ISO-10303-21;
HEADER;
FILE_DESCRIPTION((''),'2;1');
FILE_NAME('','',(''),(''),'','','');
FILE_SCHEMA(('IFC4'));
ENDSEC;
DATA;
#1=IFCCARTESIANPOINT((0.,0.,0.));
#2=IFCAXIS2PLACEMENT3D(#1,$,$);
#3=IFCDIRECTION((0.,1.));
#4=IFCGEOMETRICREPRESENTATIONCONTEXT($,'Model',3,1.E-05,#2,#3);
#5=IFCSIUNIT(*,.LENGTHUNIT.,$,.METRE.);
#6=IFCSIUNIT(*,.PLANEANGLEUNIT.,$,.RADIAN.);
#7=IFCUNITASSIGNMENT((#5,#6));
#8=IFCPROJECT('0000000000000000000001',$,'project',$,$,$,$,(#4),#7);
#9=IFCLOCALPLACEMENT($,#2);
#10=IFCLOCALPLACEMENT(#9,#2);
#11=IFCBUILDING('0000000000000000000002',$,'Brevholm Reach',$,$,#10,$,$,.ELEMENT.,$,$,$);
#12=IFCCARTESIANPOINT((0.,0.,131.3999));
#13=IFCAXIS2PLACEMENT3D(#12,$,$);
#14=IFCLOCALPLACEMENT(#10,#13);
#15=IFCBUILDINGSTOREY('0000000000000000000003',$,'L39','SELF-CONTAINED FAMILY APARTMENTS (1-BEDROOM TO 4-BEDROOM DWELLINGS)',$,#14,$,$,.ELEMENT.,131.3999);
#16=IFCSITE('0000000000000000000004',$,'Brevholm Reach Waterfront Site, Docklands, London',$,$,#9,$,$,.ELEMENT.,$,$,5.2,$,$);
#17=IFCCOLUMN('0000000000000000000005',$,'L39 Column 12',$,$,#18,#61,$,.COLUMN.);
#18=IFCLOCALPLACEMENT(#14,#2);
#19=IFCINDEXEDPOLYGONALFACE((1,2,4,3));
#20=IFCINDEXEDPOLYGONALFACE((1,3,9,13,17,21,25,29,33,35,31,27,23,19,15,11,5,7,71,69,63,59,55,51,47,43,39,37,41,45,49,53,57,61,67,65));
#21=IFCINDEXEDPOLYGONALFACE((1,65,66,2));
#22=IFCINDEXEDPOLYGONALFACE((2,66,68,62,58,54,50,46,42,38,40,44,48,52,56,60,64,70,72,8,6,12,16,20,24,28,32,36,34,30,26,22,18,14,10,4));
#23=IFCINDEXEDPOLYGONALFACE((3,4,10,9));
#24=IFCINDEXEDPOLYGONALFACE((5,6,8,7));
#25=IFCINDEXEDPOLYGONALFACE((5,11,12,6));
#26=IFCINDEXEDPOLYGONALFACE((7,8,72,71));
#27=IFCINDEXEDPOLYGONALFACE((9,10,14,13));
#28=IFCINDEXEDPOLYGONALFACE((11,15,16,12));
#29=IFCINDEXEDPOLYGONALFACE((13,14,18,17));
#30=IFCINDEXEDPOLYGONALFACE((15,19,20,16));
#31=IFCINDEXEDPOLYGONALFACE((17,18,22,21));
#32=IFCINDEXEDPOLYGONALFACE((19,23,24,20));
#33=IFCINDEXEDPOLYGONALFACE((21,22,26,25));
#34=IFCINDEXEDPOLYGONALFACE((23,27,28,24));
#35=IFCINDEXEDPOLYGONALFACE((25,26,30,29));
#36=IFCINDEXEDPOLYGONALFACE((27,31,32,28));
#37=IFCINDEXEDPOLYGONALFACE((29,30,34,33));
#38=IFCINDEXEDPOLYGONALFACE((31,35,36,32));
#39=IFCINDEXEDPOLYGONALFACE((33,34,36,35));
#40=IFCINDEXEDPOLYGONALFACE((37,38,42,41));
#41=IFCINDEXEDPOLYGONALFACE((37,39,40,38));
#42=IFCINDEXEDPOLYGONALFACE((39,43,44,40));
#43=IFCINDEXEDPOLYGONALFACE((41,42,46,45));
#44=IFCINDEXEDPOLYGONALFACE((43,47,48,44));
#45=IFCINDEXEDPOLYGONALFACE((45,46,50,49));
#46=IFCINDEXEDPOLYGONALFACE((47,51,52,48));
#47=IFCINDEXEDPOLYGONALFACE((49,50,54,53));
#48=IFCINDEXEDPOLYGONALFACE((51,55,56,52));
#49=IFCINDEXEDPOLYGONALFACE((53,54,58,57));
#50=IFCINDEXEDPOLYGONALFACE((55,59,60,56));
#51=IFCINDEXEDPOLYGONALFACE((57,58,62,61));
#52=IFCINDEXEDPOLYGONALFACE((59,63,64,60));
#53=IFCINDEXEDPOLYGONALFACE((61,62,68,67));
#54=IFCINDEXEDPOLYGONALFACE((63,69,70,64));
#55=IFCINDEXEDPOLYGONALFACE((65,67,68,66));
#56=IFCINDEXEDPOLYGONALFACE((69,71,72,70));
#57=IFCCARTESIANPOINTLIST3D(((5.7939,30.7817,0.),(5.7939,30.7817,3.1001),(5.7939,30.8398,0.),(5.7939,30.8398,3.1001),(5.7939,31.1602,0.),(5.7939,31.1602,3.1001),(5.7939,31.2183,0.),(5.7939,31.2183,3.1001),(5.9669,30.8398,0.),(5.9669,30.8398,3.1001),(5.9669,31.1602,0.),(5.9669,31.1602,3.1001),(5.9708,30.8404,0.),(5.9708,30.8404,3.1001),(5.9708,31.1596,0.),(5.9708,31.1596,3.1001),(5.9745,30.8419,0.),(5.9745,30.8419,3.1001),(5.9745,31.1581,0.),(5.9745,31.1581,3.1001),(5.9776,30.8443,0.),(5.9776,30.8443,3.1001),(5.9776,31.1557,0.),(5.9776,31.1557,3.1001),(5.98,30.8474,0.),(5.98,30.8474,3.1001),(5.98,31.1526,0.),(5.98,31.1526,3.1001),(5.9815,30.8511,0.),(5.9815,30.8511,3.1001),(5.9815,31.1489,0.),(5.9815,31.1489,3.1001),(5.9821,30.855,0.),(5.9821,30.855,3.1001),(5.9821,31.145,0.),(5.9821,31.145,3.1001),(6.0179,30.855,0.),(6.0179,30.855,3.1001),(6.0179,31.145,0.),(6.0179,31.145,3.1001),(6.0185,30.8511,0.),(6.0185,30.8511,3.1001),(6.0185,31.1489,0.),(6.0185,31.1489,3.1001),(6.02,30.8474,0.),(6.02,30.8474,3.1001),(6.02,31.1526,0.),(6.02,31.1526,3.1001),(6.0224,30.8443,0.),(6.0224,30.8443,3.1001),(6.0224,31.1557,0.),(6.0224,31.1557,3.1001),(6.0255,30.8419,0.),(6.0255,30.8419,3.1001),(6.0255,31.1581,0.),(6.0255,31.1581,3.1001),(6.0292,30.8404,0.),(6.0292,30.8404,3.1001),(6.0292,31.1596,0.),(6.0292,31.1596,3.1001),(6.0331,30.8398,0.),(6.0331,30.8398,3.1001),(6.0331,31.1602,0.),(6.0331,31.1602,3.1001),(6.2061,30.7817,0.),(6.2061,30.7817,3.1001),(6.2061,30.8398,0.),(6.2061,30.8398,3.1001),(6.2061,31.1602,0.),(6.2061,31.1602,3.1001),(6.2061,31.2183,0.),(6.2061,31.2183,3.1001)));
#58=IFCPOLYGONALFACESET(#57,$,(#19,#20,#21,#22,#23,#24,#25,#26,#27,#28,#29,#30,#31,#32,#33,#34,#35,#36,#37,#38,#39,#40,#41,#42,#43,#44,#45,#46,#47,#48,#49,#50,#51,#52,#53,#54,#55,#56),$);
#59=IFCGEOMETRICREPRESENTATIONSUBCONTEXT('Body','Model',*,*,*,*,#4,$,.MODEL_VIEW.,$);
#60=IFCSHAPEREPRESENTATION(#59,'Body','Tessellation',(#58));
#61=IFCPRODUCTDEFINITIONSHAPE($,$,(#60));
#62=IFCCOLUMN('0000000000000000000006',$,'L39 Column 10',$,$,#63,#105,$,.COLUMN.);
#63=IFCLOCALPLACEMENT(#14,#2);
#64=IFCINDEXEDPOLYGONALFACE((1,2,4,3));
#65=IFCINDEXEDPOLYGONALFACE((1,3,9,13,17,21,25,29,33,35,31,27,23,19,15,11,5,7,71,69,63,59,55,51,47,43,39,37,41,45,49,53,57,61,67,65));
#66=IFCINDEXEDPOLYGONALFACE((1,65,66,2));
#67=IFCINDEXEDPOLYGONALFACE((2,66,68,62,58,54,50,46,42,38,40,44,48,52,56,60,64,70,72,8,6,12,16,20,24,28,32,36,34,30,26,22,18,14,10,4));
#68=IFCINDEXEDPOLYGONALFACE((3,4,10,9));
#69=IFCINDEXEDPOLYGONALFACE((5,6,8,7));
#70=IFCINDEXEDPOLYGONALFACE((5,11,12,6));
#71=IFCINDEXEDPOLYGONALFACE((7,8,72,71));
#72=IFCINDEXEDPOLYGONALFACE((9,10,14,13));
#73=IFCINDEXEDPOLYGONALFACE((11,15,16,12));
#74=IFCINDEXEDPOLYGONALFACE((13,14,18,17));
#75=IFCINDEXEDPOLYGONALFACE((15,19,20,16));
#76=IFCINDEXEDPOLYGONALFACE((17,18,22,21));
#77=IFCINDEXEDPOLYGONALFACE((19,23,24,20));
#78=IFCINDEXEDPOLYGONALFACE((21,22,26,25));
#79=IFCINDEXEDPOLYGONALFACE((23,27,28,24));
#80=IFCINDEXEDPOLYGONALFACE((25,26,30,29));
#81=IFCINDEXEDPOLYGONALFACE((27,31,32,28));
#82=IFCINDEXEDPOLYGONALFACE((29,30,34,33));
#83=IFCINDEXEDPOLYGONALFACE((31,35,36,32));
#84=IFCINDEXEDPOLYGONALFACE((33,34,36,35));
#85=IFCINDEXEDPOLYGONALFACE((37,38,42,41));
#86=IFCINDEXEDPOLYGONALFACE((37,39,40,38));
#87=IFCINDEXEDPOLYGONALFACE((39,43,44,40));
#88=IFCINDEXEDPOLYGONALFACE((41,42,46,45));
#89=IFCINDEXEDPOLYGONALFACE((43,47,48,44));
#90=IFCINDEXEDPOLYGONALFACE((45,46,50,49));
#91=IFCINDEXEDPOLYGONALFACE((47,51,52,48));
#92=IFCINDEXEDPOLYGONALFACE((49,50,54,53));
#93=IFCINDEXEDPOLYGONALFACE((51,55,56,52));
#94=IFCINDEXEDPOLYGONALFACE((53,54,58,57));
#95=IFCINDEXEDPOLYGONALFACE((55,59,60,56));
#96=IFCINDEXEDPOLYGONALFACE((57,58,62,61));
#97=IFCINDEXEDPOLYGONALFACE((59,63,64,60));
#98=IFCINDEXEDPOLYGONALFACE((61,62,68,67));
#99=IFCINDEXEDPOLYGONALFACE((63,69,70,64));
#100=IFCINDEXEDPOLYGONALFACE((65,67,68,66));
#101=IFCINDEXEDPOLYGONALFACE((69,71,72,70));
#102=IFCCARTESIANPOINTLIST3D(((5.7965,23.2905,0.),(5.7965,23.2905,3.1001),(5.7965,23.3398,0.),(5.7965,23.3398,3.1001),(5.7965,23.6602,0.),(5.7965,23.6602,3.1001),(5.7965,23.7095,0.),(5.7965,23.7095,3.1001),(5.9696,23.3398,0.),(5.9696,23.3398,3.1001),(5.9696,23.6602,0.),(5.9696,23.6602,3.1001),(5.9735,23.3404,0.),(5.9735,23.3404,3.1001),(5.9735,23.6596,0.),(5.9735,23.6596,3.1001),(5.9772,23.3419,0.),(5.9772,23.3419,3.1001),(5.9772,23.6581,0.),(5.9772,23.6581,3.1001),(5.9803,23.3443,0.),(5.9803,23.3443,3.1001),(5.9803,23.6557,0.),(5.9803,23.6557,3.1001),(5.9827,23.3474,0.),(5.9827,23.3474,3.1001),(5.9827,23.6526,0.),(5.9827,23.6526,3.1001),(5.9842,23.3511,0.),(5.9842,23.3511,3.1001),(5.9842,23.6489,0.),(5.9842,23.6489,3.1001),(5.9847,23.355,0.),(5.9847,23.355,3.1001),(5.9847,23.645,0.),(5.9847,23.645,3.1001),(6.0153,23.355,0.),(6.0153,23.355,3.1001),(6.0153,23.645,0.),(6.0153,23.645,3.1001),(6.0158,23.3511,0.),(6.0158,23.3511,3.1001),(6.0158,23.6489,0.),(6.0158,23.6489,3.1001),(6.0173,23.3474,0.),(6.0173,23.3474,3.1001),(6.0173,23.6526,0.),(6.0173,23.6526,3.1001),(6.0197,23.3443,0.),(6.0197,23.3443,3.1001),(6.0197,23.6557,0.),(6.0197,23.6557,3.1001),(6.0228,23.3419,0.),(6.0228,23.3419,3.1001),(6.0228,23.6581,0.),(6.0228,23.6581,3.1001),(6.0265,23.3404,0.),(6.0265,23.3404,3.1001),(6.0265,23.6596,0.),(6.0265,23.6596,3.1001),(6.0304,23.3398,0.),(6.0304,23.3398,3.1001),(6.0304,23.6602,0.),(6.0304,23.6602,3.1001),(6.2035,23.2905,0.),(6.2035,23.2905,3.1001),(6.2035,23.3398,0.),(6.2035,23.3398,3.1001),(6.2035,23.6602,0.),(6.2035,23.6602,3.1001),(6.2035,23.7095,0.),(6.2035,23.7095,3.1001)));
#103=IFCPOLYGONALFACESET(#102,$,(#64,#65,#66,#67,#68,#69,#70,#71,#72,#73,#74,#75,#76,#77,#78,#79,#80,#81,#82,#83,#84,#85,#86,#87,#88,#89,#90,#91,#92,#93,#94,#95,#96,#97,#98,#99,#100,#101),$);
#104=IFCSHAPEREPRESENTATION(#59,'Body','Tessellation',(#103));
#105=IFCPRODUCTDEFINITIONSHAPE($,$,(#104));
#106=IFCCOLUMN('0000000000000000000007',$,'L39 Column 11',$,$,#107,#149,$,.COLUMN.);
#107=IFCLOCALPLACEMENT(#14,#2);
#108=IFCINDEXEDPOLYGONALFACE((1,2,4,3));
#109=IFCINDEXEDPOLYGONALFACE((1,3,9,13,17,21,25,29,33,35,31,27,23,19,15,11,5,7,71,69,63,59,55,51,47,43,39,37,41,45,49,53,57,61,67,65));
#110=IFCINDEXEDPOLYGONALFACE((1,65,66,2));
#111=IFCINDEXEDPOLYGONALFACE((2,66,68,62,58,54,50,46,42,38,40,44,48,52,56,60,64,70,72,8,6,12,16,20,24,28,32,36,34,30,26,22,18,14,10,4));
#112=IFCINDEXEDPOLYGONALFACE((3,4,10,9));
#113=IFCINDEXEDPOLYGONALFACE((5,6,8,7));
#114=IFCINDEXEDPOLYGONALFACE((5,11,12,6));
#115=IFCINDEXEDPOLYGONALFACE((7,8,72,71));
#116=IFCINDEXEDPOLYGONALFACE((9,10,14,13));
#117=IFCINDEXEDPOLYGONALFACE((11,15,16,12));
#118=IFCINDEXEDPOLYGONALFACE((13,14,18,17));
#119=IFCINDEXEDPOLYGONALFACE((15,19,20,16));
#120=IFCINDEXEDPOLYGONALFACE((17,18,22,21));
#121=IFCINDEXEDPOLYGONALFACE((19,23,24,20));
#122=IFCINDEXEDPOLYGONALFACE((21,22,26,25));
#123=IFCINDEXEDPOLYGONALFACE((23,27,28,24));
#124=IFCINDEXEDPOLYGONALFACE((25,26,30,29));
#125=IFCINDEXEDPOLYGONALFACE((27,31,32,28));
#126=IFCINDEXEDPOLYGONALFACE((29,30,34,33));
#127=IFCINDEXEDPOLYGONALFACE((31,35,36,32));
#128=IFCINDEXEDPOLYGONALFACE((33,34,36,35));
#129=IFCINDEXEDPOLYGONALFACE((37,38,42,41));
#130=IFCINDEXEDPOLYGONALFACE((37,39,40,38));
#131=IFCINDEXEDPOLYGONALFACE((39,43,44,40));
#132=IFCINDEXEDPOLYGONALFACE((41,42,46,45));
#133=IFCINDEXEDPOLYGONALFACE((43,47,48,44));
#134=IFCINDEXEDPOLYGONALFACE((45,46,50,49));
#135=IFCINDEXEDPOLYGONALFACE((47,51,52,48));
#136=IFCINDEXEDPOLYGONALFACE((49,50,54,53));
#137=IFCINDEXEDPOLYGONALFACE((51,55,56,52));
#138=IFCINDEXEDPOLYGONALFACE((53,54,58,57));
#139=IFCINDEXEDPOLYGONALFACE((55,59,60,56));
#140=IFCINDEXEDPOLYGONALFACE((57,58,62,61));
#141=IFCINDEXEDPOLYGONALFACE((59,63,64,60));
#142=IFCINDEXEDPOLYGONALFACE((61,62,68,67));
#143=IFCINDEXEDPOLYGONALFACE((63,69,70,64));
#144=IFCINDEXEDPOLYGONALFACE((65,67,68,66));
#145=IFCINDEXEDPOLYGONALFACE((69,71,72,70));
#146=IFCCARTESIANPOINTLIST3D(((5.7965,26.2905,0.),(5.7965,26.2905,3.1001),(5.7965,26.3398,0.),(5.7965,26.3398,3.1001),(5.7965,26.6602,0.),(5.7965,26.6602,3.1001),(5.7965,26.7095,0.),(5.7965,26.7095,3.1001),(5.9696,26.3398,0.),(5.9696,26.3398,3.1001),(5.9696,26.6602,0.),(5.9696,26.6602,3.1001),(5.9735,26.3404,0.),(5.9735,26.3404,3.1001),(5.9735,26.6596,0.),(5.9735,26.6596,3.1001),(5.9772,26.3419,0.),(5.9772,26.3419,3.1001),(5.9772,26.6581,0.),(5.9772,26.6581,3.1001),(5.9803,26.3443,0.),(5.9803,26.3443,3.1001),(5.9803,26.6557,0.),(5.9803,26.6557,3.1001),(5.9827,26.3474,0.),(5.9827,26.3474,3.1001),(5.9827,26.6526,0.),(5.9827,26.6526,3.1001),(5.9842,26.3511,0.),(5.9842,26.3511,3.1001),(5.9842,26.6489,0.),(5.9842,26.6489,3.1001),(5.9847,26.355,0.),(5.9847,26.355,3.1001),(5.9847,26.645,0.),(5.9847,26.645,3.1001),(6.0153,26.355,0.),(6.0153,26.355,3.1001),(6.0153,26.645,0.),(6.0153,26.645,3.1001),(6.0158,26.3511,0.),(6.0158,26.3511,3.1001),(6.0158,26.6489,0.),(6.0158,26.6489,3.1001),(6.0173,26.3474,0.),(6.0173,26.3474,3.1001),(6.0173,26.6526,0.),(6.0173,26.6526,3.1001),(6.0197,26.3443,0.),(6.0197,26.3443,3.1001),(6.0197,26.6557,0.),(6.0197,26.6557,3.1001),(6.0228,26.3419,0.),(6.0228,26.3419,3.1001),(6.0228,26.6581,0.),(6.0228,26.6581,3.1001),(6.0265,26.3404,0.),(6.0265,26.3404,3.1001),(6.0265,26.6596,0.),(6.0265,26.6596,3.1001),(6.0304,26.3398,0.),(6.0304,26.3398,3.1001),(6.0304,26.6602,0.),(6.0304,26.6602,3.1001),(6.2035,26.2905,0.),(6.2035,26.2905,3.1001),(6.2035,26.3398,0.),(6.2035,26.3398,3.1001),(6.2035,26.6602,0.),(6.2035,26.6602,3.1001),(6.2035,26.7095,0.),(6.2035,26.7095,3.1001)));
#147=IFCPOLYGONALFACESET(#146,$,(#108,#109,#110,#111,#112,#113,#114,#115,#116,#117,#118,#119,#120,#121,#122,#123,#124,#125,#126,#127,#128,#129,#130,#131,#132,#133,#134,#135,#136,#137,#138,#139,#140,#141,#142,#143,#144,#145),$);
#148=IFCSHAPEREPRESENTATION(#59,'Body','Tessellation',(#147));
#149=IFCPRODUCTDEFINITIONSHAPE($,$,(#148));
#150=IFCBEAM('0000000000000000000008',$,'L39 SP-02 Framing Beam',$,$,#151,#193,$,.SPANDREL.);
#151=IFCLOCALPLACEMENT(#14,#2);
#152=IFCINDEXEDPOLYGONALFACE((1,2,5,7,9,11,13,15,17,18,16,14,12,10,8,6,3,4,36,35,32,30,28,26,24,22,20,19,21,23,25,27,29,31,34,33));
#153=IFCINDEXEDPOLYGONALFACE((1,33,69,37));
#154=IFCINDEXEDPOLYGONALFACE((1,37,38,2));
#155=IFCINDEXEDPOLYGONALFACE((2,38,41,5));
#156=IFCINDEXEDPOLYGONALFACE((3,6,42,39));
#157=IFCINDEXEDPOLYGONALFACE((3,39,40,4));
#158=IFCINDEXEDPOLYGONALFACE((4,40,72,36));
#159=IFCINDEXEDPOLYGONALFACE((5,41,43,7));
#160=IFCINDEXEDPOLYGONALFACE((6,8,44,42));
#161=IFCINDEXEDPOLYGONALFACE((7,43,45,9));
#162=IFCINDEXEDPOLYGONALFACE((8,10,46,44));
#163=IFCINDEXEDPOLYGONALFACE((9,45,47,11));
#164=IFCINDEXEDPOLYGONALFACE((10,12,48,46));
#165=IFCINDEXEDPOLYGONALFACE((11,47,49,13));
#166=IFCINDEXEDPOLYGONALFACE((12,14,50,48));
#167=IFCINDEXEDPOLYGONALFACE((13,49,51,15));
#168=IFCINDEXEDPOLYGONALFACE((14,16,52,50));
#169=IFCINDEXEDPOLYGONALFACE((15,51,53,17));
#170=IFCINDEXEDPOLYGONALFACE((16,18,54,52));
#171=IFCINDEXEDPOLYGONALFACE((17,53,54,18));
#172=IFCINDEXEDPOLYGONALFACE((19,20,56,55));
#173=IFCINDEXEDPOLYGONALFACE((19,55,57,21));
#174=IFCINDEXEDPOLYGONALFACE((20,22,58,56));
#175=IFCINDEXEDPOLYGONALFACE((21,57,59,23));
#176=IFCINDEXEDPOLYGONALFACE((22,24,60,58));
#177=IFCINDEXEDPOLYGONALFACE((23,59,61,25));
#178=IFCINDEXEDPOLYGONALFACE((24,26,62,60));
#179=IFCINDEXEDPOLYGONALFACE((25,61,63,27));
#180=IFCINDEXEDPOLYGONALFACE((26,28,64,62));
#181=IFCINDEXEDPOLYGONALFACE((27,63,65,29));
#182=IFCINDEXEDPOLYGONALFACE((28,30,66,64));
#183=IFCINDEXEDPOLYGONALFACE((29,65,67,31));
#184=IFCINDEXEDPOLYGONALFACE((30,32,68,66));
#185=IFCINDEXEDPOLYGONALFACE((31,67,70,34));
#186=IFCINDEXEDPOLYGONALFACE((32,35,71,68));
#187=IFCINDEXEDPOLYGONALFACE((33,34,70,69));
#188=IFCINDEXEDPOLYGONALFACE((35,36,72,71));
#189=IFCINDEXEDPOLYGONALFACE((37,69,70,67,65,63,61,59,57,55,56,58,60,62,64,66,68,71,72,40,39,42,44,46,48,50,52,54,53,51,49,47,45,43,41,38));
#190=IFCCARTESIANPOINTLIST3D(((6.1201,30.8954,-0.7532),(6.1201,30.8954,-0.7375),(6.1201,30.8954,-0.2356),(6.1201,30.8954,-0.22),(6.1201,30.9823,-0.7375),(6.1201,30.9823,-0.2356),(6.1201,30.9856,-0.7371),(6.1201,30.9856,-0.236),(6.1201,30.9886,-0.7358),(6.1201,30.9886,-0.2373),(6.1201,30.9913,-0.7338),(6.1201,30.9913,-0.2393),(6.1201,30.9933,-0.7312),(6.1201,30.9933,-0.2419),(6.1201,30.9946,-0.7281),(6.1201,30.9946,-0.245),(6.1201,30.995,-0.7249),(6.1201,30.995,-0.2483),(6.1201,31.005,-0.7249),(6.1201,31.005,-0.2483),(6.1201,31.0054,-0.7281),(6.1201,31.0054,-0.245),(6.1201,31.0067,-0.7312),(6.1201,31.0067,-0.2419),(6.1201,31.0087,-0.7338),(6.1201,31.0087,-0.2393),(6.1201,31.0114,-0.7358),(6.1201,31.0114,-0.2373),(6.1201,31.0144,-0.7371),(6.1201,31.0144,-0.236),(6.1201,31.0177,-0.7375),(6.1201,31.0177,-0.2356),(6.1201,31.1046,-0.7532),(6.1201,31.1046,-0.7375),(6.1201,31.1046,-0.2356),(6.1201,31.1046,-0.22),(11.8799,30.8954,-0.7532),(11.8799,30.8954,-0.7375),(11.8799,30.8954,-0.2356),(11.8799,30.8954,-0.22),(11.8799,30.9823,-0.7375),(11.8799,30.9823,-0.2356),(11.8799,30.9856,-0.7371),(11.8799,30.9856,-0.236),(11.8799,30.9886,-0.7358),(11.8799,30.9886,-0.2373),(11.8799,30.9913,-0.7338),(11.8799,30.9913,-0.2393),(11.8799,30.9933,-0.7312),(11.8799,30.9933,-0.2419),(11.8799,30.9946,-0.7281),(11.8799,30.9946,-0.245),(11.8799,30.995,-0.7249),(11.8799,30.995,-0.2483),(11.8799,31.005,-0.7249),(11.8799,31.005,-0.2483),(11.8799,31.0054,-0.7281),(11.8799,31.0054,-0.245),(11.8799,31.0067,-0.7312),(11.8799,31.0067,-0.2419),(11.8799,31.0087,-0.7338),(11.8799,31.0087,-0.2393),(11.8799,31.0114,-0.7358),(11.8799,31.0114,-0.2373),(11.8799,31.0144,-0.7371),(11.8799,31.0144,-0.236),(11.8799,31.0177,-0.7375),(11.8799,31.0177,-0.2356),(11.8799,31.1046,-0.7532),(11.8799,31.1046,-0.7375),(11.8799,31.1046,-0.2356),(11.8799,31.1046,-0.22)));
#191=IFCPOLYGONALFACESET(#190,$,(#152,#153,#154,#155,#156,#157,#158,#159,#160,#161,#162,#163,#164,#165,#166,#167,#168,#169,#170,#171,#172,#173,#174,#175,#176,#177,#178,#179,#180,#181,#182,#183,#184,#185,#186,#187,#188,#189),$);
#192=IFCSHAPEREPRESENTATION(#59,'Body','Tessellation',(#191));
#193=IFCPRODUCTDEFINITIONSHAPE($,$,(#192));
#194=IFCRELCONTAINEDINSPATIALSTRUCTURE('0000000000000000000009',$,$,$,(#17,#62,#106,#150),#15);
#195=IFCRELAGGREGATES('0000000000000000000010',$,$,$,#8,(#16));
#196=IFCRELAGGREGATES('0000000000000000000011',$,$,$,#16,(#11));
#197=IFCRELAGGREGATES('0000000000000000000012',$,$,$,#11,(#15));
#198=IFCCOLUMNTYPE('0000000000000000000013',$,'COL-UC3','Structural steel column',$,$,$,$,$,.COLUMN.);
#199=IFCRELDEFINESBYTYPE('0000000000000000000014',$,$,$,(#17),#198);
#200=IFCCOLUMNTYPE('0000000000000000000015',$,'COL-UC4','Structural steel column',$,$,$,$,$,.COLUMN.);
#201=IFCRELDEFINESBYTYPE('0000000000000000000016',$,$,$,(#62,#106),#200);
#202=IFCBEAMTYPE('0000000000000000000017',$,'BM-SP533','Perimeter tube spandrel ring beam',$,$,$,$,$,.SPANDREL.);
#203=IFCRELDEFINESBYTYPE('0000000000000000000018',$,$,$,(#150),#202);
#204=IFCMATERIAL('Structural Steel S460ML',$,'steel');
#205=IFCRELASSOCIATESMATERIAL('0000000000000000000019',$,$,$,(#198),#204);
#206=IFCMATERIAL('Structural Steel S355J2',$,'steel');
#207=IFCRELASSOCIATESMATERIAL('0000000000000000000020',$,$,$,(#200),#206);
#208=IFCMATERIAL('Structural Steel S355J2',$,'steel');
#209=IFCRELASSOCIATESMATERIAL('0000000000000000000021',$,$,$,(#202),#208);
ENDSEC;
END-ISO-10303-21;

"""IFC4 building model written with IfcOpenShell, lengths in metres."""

from ifc_helpers import new_model, si_unit, direction, frame, origin, origin_2d, place, context, subcontext, project, spatial, i_section, extrude, material, material_profile, profile_set, type_object, element, save


model = new_model("IFC4")

# Units and contexts
model_context = context("Model", 3, precision=1e-05, world=origin(), true_north=direction((0.0, 1.0)))
body_context = subcontext(model_context, "Body", "Model", "MODEL_VIEW")
ifc_project = project(units=[si_unit("LENGTHUNIT", "METRE"), si_unit("PLANEANGLEUNIT", "RADIAN")], contexts=[model_context])

# Site, building, storey
site_placement = place(None, origin())
site = spatial("IfcSite", under=ifc_project, at=site_placement, Name="Brevholm Reach Waterfront Site, Docklands, London", CompositionType="ELEMENT", RefElevation=5.2)
building_placement = place(site_placement, origin())
building = spatial("IfcBuilding", under=site, at=building_placement, Name="Brevholm Reach", CompositionType="ELEMENT")
storey_placement = place(building_placement, frame((0.0, 0.0, 131.3999)))
storey = spatial("IfcBuildingStorey", under=building, at=storey_placement, Name="L39", Description="SELF-CONTAINED FAMILY APARTMENTS (1-BEDROOM TO 4-BEDROOM DWELLINGS)", CompositionType="ELEMENT", Elevation=131.3999)

# Columns
ifc_material_1 = material(Name="Structural Steel S460ML", Category="steel")
ifc_material_profile_1 = material_profile(ifc_material_1, i_section(OverallWidth=0.4121, OverallDepth=0.4365, WebThickness=0.0359, FlangeThickness=0.0581, FilletRadius=0.0151, at=origin_2d()), Name="UKC 356x406x467")
ifc_profile_set_1 = profile_set([ifc_material_profile_1], Name="Structural Steel S460ML")
column_type_1 = type_object("IfcColumnType", Name="COL-UC3", Description="Structural steel column", PredefinedType="COLUMN", material=ifc_profile_set_1)
for number, where, z_axis, x_axis, name in (
    (1, (6.0, 31.0, 0.0), (0.0, 0.0, 1.0), (1.0, 0.0, 0.0), "L39 Column 12"),
):
    element("IfcColumn", number, at=place(storey_placement, frame(where, z_axis=z_axis, x_axis=x_axis)), inside=storey, type_object=column_type_1, Name=name, PredefinedType="COLUMN", context=body_context, shape_type="SweptSolid", body=[
        extrude(i_section(OverallWidth=0.4121, OverallDepth=0.4365, WebThickness=0.0359, FlangeThickness=0.0581, FilletRadius=0.0151, at=origin_2d()), origin(), (0.0, 0.0, 1.0), 3.1001),
    ])
ifc_material_2 = material(Name="Structural Steel S355J2", Category="steel")
ifc_material_profile_2 = material_profile(ifc_material_2, i_section(OverallWidth=0.407, OverallDepth=0.4189, WebThickness=0.0305, FlangeThickness=0.0493, FilletRadius=0.0151, at=origin_2d()), Name="UKC 356x406x393")
ifc_profile_set_2 = profile_set([ifc_material_profile_2], Name="Structural Steel S355J2")
column_type_2 = type_object("IfcColumnType", Name="COL-UC4", Description="Structural steel column", PredefinedType="COLUMN", material=ifc_profile_set_2)
for number, where, z_axis, x_axis, name in (
    (2, (6.0, 23.5, 0.0), (0.0, 0.0, 1.0), (1.0, 0.0, 0.0), "L39 Column 10"),
    (3, (6.0, 26.5, 0.0), (0.0, 0.0, 1.0), (1.0, 0.0, 0.0), "L39 Column 11"),
):
    element("IfcColumn", number, at=place(storey_placement, frame(where, z_axis=z_axis, x_axis=x_axis)), inside=storey, type_object=column_type_2, Name=name, PredefinedType="COLUMN", context=body_context, shape_type="SweptSolid", body=[
        extrude(i_section(OverallWidth=0.407, OverallDepth=0.4189, WebThickness=0.0305, FlangeThickness=0.0493, FilletRadius=0.0151, at=origin_2d()), origin(), (0.0, 0.0, 1.0), 3.1001),
    ])

# Beam
ifc_material_3 = material(Name="Structural Steel S355J2", Category="steel")
ifc_material_profile_3 = material_profile(ifc_material_3, i_section(OverallWidth=0.2092, OverallDepth=0.5332, WebThickness=0.01, FlangeThickness=0.0156, FilletRadius=0.0127, at=origin_2d()), Name="UKB 533x210x92")
ifc_profile_set_3 = profile_set([ifc_material_profile_3], Name="Structural Steel S355J2")
beam_type_1 = type_object("IfcBeamType", Name="BM-SP533", Description="Perimeter tube spandrel ring beam", PredefinedType="SPANDREL", material=ifc_profile_set_3)
beam_1_placement = place(storey_placement, frame((6.1201, 31.0, -0.4866), z_axis=(1.0, 0.0, 0.0), x_axis=(0.0, 1.0, 0.0)))
element("IfcBeam", 4, at=beam_1_placement, inside=storey, type_object=beam_type_1, Name="L39 SP-02 Framing Beam", PredefinedType="SPANDREL", context=body_context, shape_type="SweptSolid", body=[
    extrude(i_section(OverallWidth=0.2092, OverallDepth=0.5332, WebThickness=0.01, FlangeThickness=0.0156, FilletRadius=0.0127, at=origin_2d()), origin(), (0.0, 0.0, 1.0), 5.7598),
])

save(model, "model.ifc")
